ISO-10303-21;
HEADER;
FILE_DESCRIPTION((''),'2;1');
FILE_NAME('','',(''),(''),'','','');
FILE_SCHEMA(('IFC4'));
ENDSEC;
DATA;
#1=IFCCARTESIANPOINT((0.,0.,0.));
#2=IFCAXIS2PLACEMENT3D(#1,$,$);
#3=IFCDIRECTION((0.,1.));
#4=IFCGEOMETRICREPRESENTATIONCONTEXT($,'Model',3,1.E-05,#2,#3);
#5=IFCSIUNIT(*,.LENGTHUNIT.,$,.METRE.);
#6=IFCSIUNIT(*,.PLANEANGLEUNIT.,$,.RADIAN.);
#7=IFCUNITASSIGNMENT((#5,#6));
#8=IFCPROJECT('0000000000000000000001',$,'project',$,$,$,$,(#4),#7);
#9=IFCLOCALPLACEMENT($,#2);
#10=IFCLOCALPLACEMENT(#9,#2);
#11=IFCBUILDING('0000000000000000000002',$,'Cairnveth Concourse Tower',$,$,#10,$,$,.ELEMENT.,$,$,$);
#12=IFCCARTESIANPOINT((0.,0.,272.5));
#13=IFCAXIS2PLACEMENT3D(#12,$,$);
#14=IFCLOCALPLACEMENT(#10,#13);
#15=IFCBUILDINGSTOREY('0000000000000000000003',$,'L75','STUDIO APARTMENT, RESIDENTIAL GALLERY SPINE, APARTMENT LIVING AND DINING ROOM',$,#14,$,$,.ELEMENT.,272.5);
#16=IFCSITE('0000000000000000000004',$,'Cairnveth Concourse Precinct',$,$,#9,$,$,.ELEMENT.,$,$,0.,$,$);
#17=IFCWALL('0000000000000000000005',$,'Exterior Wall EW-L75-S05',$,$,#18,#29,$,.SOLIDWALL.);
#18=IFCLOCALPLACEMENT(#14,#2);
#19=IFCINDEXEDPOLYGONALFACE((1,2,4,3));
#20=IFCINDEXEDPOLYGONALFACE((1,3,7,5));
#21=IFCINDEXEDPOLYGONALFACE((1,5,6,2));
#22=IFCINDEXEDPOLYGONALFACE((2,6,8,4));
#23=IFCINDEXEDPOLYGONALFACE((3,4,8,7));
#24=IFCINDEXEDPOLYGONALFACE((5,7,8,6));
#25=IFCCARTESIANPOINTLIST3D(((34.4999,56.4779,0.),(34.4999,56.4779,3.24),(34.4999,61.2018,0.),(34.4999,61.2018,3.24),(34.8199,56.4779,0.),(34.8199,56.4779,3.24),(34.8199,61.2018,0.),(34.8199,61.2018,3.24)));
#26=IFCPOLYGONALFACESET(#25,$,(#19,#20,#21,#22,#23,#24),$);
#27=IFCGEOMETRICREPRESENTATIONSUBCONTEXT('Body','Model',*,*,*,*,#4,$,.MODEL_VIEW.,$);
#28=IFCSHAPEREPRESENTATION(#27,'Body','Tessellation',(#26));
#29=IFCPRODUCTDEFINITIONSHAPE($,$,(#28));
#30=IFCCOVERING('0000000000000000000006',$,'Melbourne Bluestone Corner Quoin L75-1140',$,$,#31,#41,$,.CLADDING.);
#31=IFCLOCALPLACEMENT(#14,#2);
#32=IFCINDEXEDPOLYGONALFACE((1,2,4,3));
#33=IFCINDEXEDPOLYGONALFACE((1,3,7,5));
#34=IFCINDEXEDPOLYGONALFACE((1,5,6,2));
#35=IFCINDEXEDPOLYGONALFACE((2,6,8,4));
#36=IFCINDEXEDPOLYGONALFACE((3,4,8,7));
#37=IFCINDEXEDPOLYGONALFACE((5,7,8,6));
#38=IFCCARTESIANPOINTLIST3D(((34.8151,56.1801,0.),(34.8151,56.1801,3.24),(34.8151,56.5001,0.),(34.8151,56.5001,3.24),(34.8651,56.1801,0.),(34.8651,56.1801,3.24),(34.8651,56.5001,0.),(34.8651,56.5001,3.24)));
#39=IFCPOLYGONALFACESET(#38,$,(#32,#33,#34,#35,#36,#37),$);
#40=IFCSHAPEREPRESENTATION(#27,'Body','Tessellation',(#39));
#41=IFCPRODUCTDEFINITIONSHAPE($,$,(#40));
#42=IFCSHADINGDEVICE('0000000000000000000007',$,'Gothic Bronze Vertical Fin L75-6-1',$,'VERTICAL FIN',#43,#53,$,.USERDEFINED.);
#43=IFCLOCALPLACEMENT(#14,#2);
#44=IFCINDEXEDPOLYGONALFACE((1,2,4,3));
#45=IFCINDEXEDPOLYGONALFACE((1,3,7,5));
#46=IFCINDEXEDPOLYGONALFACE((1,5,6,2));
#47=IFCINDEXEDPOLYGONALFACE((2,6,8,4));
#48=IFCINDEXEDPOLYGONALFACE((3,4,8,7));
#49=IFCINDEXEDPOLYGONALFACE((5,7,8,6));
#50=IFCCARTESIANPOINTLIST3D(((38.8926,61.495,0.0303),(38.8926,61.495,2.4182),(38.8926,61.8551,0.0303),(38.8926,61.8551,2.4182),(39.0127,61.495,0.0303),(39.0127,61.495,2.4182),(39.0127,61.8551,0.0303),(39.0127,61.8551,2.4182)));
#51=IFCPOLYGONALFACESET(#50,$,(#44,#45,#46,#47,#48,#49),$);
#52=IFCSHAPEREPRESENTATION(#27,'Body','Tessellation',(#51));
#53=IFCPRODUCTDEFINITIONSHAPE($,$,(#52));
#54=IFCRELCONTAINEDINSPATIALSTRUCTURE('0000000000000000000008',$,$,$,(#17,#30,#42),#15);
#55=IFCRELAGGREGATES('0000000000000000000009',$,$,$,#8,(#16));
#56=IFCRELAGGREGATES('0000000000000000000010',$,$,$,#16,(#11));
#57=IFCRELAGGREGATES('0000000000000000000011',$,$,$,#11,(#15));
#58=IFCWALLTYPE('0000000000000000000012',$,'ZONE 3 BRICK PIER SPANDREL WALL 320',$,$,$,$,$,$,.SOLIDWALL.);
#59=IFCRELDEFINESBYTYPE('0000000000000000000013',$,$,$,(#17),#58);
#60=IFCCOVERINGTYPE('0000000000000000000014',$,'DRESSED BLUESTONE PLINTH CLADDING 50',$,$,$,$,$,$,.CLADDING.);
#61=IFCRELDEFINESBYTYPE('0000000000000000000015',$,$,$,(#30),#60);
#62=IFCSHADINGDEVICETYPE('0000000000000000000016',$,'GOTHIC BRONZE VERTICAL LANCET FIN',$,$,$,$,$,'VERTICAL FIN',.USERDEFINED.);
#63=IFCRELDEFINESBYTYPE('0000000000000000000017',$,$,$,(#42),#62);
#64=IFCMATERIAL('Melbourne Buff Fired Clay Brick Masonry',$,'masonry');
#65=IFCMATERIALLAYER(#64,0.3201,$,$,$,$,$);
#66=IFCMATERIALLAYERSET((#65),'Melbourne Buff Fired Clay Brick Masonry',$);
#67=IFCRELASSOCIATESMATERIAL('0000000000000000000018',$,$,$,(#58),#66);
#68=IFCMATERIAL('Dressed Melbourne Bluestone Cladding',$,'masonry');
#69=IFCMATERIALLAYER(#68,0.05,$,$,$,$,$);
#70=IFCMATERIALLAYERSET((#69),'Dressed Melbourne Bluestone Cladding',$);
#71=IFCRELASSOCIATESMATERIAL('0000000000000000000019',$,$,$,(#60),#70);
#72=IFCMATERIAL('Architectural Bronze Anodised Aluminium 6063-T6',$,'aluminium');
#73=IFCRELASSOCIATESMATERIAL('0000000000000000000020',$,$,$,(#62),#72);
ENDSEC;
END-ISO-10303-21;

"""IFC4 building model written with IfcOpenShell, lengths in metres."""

from ifc_helpers import new_model, si_unit, direction, frame, frame_2d, origin, origin_2d, place, context, subcontext, project, spatial, rectangle, extrude, material, layer, layer_set, type_object, element, save


model = new_model("IFC4")

# Units and contexts
model_context = context("Model", 3, precision=1e-05, world=origin(), true_north=direction((0.0, 1.0)))
body_context = subcontext(model_context, "Body", "Model", "MODEL_VIEW")
ifc_project = project(units=[si_unit("LENGTHUNIT", "METRE"), si_unit("PLANEANGLEUNIT", "RADIAN")], contexts=[model_context])

# Site, building, storey
site_placement = place(None, origin())
site = spatial("IfcSite", under=ifc_project, at=site_placement, Name="Cairnveth Concourse Precinct", CompositionType="ELEMENT", RefElevation=0.0)
building_placement = place(site_placement, origin())
building = spatial("IfcBuilding", under=site, at=building_placement, Name="Cairnveth Concourse Tower", CompositionType="ELEMENT")
storey_placement = place(building_placement, frame((0.0, 0.0, 272.5)))
storey = spatial("IfcBuildingStorey", under=building, at=storey_placement, Name="L75", Description="STUDIO APARTMENT, RESIDENTIAL GALLERY SPINE, APARTMENT LIVING AND DINING ROOM", CompositionType="ELEMENT", Elevation=272.5)

# Wall
ifc_material_1 = material(Name="Melbourne Buff Fired Clay Brick Masonry", Category="masonry")
ifc_layer_1 = layer(ifc_material_1, 0.3201)
ifc_layer_set_1 = layer_set([ifc_layer_1], Name="Melbourne Buff Fired Clay Brick Masonry")
wall_type_1 = type_object("IfcWallType", Name="ZONE 3 BRICK PIER SPANDREL WALL 320", PredefinedType="SOLIDWALL", material=ifc_layer_set_1)
wall_1_placement = place(storey_placement, frame((34.6599, 56.478, 0.0), z_axis=(0.0, 0.0, 1.0), x_axis=(0.0, 1.0, 0.0)))
element("IfcWall", 1, at=wall_1_placement, inside=storey, type_object=wall_type_1, Name="Exterior Wall EW-L75-S05", PredefinedType="SOLIDWALL", context=body_context, shape_type="SweptSolid", body=[
    extrude(rectangle(XDim=4.7239, YDim=0.3201, at=frame_2d((2.3618, 0.0))), origin(), (0.0, 0.0, 1.0), 3.24),
])

# Covering
ifc_material_2 = material(Name="Dressed Melbourne Bluestone Cladding", Category="masonry")
ifc_layer_2 = layer(ifc_material_2, 0.05)
ifc_layer_set_2 = layer_set([ifc_layer_2], Name="Dressed Melbourne Bluestone Cladding")
covering_type = type_object("IfcCoveringType", Name="DRESSED BLUESTONE PLINTH CLADDING 50", PredefinedType="CLADDING", material=ifc_layer_set_2)
covering_placement = place(storey_placement, frame((34.8401, 56.1799, 0.0), z_axis=(0.0, 0.0, 1.0), x_axis=(0.0, 1.0, 0.0)))
element("IfcCovering", 2, at=covering_placement, inside=storey, type_object=covering_type, Name="Melbourne Bluestone Corner Quoin L75-1140", PredefinedType="CLADDING", context=body_context, shape_type="SweptSolid", body=[
    extrude(rectangle(XDim=0.3201, YDim=0.05, at=frame_2d((0.1602, 0.0))), origin(), (0.0, 0.0, 1.0), 3.24),
])

# Shading device
ifc_material_3 = material(Name="Architectural Bronze Anodised Aluminium 6063-T6", Category="aluminium")
shading_device_type = type_object("IfcShadingDeviceType", Name="GOTHIC BRONZE VERTICAL LANCET FIN", ElementType="VERTICAL FIN", PredefinedType="USERDEFINED", material=ifc_material_3)
shading_device_placement = place(storey_placement, frame((38.9526, 61.675, 0.0303), z_axis=(0.0, 0.0, 1.0), x_axis=(1.0, 0.0, 0.0)))
element("IfcShadingDevice", 3, at=shading_device_placement, inside=storey, type_object=shading_device_type, Name="Gothic Bronze Vertical Fin L75-6-1", ObjectType="VERTICAL FIN", PredefinedType="USERDEFINED", context=body_context, shape_type="SweptSolid", body=[
    extrude(rectangle(XDim=0.1201, YDim=0.3601, at=origin_2d()), origin(), (0.0, 0.0, 1.0), 2.3879),
])

save(model, "model.ifc")
